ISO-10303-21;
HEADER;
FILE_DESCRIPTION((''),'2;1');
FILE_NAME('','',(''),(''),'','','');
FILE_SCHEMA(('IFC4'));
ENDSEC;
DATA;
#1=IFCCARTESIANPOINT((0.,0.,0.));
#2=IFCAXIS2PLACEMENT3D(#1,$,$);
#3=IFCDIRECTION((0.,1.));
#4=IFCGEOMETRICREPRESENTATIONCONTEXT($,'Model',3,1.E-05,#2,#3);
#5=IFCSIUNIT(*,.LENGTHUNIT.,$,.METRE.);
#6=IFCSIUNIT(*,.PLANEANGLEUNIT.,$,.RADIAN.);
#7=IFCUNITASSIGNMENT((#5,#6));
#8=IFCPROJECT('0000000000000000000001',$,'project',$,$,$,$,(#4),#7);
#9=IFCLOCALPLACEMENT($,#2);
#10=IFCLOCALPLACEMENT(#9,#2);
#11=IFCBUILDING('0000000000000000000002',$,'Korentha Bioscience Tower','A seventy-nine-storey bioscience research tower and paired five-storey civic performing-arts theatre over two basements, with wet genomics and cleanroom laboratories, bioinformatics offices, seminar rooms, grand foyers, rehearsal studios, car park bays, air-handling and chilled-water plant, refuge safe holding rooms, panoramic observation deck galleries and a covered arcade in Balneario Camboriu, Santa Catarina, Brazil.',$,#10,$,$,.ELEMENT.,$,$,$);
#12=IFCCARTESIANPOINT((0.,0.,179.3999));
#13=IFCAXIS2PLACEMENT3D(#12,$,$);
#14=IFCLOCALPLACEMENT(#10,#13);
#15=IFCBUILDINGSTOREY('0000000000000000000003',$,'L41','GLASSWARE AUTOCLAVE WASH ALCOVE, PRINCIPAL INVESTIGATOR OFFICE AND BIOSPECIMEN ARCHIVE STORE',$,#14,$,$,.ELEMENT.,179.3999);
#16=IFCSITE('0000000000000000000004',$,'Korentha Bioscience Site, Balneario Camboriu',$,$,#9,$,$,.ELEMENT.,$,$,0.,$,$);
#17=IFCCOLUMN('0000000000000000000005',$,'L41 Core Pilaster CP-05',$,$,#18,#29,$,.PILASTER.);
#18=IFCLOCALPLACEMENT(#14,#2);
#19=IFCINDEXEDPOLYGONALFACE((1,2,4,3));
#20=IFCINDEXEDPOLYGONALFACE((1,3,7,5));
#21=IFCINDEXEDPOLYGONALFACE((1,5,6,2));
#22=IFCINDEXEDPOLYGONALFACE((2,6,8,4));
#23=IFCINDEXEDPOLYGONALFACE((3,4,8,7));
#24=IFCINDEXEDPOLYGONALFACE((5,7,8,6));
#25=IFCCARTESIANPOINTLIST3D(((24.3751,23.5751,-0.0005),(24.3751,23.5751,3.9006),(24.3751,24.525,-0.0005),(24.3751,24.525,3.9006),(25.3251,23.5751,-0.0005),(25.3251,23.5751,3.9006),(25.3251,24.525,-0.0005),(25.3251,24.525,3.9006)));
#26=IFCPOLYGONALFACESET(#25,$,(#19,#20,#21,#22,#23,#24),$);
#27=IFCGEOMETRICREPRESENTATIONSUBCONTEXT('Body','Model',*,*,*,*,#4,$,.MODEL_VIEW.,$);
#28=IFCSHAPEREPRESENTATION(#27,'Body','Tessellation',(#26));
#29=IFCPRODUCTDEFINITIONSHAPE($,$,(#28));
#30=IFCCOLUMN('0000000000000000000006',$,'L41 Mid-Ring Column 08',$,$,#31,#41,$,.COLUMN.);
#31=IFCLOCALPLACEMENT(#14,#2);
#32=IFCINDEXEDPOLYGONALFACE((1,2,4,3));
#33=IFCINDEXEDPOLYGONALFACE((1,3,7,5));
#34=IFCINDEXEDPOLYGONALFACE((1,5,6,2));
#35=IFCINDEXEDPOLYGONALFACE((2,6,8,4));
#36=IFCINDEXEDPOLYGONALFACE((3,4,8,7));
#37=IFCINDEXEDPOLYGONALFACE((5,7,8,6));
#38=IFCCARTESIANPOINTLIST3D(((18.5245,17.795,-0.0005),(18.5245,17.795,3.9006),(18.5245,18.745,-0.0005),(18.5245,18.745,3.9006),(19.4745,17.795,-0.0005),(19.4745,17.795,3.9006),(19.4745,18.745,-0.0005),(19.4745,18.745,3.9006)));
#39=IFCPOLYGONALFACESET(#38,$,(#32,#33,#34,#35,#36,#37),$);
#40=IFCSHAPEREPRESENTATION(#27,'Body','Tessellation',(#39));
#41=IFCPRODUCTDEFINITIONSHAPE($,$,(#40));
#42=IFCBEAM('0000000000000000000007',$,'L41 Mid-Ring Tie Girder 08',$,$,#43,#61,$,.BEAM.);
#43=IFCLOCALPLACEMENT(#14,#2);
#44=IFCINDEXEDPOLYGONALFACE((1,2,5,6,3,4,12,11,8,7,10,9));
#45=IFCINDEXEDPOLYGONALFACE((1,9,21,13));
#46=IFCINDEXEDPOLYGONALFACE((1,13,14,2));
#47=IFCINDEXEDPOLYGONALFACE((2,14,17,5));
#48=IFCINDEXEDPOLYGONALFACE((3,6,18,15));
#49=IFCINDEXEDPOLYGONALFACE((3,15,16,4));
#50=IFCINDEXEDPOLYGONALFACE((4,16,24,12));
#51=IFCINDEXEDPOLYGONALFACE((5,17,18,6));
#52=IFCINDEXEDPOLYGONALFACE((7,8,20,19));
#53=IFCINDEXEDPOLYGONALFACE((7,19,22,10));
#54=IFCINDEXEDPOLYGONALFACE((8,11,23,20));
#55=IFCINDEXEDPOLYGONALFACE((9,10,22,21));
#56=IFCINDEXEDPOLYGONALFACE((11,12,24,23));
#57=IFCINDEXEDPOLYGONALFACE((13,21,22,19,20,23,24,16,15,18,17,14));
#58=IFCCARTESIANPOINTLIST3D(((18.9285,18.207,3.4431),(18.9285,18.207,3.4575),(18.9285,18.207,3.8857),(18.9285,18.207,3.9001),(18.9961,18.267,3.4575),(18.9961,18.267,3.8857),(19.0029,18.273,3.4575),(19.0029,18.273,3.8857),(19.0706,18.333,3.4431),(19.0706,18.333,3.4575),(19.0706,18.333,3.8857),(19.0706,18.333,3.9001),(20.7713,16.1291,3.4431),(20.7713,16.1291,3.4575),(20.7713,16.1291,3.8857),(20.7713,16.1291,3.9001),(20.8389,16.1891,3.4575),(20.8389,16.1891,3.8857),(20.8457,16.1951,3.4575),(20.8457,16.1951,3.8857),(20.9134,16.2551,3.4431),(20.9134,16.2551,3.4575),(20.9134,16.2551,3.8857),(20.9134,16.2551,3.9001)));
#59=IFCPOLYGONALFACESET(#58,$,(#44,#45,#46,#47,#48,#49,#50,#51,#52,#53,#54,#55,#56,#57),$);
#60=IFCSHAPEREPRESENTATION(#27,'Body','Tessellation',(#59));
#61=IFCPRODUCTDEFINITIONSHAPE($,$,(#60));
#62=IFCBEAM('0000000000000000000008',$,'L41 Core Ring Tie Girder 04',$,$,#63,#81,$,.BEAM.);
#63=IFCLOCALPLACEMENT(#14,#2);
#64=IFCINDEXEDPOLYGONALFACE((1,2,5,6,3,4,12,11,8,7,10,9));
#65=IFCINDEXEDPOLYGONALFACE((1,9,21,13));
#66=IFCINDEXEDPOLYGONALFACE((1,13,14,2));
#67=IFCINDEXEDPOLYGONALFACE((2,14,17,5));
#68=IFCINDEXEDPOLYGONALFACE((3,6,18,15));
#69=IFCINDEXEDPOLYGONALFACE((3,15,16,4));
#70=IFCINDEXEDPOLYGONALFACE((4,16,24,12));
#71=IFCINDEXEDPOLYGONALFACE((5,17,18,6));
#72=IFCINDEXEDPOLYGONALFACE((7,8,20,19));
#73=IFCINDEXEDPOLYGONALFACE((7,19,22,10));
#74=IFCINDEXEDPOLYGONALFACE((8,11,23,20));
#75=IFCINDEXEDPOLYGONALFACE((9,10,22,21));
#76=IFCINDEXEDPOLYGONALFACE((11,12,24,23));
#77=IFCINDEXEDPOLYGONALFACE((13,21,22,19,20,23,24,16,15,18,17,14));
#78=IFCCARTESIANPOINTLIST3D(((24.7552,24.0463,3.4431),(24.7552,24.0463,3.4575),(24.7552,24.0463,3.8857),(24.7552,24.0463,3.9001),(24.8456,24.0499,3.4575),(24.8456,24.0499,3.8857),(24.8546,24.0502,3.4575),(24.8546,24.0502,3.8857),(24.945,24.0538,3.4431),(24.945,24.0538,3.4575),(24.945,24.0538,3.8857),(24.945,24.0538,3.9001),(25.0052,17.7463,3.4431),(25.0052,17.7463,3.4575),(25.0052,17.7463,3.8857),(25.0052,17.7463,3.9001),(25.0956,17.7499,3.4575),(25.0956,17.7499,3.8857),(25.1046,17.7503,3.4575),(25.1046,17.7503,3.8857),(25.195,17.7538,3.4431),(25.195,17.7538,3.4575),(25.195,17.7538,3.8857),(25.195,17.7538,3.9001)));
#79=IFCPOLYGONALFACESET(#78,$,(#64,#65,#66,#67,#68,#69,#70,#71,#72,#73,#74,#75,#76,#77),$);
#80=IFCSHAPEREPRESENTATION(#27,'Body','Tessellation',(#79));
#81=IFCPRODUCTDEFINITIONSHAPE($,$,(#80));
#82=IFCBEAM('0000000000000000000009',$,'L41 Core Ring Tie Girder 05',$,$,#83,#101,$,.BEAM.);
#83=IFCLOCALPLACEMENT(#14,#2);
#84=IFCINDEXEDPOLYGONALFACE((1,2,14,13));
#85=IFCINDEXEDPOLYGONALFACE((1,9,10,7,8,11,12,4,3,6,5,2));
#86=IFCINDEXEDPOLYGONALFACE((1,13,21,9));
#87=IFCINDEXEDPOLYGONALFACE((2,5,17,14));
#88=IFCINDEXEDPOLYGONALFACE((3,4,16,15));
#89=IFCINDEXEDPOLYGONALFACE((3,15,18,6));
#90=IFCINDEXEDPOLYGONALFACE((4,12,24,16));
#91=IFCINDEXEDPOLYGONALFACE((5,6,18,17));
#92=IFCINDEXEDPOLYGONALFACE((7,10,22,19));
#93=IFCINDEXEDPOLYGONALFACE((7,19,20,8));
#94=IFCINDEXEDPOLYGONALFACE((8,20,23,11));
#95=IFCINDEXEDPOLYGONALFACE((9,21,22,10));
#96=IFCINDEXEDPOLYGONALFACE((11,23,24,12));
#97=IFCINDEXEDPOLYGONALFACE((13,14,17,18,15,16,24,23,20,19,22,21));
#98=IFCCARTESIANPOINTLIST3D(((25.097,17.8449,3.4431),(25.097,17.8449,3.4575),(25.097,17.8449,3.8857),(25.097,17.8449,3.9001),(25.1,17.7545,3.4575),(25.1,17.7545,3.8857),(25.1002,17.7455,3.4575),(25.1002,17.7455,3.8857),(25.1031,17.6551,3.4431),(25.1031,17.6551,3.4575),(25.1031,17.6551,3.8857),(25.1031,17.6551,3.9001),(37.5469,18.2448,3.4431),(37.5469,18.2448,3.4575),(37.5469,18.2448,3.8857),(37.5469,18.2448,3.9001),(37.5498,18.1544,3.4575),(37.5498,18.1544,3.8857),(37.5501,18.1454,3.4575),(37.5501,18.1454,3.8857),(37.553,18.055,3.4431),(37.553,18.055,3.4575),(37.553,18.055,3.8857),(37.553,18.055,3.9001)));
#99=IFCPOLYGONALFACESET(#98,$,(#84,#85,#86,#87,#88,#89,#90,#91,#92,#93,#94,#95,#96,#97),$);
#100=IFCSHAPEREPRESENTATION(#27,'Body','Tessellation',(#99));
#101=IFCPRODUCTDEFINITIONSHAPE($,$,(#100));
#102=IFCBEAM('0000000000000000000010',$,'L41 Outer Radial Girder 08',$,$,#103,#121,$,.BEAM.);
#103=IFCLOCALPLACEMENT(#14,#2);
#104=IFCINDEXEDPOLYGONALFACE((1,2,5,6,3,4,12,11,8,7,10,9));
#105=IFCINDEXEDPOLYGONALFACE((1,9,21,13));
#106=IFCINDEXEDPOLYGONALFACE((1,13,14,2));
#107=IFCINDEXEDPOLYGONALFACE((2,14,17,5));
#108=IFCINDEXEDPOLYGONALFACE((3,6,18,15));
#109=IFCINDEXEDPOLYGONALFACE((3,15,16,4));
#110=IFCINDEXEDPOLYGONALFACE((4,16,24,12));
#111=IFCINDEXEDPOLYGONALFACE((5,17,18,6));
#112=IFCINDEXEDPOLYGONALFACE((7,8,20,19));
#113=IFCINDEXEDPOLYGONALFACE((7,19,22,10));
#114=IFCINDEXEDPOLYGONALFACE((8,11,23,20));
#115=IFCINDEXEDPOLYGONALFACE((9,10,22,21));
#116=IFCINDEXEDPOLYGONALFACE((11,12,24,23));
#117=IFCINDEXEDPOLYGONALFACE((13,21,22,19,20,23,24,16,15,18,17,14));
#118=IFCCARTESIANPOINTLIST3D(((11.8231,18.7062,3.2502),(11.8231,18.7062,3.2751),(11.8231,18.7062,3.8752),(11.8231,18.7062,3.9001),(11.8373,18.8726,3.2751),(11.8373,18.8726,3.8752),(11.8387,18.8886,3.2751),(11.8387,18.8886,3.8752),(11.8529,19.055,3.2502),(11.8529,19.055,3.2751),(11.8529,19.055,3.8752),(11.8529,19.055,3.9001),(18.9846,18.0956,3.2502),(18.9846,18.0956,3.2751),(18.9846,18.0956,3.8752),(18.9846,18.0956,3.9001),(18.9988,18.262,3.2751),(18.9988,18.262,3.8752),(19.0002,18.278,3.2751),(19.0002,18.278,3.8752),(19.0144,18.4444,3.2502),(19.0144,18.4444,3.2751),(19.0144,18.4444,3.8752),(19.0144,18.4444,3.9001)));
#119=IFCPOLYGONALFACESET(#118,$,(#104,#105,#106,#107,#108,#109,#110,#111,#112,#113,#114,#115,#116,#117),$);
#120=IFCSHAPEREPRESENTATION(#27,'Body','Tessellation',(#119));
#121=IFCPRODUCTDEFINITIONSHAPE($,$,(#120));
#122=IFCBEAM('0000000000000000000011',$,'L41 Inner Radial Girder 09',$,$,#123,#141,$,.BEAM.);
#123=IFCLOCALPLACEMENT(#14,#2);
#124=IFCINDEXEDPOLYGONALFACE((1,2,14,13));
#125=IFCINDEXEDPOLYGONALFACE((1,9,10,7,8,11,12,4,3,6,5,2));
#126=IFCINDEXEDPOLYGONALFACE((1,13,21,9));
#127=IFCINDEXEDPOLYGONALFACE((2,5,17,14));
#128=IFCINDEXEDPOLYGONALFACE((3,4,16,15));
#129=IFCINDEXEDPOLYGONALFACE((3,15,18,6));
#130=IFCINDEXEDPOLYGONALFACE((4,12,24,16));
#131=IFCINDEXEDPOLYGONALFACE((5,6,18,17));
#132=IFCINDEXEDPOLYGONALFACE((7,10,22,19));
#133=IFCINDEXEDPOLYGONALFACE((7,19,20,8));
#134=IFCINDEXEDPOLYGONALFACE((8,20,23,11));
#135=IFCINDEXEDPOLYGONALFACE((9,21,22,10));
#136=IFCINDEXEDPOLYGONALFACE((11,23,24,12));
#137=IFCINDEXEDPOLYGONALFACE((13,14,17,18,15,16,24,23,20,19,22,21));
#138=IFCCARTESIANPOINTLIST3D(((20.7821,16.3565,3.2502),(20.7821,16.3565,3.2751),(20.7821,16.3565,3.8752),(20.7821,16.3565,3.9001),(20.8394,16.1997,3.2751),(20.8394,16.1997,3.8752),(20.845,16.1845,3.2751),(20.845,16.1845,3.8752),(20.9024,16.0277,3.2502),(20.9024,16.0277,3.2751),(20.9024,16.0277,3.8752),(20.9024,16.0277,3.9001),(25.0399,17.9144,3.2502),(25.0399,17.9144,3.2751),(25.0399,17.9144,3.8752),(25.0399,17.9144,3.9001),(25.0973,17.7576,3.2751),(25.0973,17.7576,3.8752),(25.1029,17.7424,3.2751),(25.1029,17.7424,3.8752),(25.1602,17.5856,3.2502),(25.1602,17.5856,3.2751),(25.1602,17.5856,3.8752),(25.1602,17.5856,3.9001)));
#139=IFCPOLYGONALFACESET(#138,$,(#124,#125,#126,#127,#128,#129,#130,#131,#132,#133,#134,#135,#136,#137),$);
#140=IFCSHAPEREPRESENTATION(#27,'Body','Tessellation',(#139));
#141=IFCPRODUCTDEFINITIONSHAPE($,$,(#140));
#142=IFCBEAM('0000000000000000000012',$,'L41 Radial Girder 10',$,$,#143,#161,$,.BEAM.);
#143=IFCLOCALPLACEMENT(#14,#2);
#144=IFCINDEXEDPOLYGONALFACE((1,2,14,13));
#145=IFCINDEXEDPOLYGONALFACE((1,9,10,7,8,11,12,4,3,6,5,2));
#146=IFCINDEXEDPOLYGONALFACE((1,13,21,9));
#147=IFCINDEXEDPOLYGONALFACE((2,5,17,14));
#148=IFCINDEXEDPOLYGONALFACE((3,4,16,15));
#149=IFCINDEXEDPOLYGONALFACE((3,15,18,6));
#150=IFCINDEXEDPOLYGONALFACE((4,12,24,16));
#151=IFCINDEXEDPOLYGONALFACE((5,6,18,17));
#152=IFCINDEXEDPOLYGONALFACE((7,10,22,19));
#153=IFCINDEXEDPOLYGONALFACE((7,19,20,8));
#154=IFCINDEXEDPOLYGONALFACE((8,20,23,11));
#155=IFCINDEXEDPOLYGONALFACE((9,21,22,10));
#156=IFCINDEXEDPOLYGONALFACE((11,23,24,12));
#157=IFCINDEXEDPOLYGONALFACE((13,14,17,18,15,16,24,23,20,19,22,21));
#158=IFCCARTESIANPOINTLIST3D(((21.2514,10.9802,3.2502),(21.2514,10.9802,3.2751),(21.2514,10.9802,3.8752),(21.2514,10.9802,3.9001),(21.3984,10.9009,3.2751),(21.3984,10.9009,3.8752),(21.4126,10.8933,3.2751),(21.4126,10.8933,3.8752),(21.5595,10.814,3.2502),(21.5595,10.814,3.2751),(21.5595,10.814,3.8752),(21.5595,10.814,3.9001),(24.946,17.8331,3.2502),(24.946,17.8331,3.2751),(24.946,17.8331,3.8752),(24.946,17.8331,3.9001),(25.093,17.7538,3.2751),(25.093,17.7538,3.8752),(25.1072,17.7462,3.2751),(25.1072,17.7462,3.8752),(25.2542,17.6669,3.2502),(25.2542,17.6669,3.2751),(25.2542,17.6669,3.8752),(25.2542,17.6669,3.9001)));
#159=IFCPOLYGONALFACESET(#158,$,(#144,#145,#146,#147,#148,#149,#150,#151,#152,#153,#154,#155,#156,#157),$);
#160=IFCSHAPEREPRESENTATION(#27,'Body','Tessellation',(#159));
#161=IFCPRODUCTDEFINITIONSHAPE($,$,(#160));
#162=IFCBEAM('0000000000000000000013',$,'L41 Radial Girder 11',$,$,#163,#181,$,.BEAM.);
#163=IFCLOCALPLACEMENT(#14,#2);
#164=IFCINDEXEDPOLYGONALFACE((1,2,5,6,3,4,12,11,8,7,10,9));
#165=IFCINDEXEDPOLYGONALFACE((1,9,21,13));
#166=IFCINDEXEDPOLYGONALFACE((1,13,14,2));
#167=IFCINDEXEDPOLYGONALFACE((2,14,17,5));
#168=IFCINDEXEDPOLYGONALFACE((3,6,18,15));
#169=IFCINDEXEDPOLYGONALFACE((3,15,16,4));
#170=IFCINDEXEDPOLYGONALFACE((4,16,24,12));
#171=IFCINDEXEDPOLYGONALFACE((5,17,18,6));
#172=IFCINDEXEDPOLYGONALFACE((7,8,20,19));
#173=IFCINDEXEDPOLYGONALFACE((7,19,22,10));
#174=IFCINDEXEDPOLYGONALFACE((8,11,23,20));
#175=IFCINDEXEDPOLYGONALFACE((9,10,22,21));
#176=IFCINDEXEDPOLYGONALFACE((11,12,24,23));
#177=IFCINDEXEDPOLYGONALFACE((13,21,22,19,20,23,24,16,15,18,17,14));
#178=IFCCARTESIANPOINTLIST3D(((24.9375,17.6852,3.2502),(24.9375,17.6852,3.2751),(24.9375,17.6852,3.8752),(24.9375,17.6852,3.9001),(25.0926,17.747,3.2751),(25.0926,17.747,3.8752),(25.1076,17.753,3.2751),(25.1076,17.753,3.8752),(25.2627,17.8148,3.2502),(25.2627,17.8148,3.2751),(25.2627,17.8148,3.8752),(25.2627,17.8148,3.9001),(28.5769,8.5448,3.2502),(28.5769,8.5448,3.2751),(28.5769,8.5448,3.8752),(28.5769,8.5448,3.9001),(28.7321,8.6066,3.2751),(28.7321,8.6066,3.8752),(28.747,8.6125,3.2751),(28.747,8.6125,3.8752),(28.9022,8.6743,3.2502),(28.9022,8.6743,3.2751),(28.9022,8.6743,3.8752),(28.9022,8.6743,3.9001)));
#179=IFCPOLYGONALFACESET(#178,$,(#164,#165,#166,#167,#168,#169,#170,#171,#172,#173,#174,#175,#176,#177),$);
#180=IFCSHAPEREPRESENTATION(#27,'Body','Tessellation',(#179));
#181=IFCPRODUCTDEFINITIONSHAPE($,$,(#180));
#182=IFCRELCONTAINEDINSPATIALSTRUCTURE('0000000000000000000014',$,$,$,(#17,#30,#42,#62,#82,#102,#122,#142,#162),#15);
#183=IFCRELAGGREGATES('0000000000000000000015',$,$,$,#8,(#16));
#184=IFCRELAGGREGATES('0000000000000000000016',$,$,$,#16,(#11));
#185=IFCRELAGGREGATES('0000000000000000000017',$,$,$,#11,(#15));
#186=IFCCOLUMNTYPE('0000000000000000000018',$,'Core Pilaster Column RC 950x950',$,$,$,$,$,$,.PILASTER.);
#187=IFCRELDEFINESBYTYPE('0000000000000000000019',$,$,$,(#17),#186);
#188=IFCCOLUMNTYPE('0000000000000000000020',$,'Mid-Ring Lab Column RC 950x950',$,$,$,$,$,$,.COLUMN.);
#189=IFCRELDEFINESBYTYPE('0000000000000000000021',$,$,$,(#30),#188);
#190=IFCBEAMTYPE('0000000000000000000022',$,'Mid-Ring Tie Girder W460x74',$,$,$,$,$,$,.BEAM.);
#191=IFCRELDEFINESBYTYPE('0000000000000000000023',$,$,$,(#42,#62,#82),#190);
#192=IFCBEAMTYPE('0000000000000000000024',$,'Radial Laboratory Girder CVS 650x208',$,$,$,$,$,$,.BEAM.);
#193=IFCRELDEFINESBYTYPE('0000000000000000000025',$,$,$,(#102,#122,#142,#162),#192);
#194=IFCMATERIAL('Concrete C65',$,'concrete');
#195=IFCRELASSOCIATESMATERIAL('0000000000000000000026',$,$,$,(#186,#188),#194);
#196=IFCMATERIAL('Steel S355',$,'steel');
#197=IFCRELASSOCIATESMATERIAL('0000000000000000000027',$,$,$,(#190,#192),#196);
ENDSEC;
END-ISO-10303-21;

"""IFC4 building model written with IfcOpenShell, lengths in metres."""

from ifc_helpers import new_model, si_unit, direction, frame, origin, origin_2d, place, context, subcontext, project, spatial, rectangle, i_section, extrude, material, material_profile, profile_set, type_object, element, save


model = new_model("IFC4")

# Units and contexts
model_context = context("Model", 3, precision=1e-05, world=origin(), true_north=direction((0.0, 1.0)))
body_context = subcontext(model_context, "Body", "Model", "MODEL_VIEW")
ifc_project = project(units=[si_unit("LENGTHUNIT", "METRE"), si_unit("PLANEANGLEUNIT", "RADIAN")], contexts=[model_context])

# Site, building, storey
site_placement = place(None, origin())
site = spatial("IfcSite", under=ifc_project, at=site_placement, Name="Korentha Bioscience Site, Balneario Camboriu", CompositionType="ELEMENT", RefElevation=0.0)
building_placement = place(site_placement, origin())
building = spatial("IfcBuilding", under=site, at=building_placement, Name="Korentha Bioscience Tower", Description="A seventy-nine-storey bioscience research tower and paired five-storey civic performing-arts theatre over two basements, with wet genomics and cleanroom laboratories, bioinformatics offices, seminar rooms, grand foyers, rehearsal studios, car park bays, air-handling and chilled-water plant, refuge safe holding rooms, panoramic observation deck galleries and a covered arcade in Balneario Camboriu, Santa Catarina, Brazil.", CompositionType="ELEMENT")
storey_placement = place(building_placement, frame((0.0, 0.0, 179.3999)))
storey = spatial("IfcBuildingStorey", under=building, at=storey_placement, Name="L41", Description="GLASSWARE AUTOCLAVE WASH ALCOVE, PRINCIPAL INVESTIGATOR OFFICE AND BIOSPECIMEN ARCHIVE STORE", CompositionType="ELEMENT", Elevation=179.3999)

# Columns
ifc_material_1 = material(Name="Concrete C65", Category="concrete")
ifc_material_profile_1 = material_profile(ifc_material_1, rectangle(XDim=0.95, YDim=0.95, at=origin_2d()), Name="Concrete C65")
ifc_profile_set_1 = profile_set([ifc_material_profile_1], Name="Concrete C65 (COL-CP09)")
column_type_1 = type_object("IfcColumnType", Name="Core Pilaster Column RC 950x950", PredefinedType="PILASTER", material=ifc_profile_set_1)
column_1_placement = place(storey_placement, frame((24.8501, 24.05, -0.0005), z_axis=(0.0, 0.0, 1.0), x_axis=(1.0, 0.0, 0.0)))
element("IfcColumn", 1, at=column_1_placement, inside=storey, type_object=column_type_1, Name="L41 Core Pilaster CP-05", PredefinedType="PILASTER", context=body_context, shape_type="SweptSolid", body=[
    extrude(rectangle(XDim=0.95, YDim=0.95, at=origin_2d()), origin(), (0.0, 0.0, 1.0), 3.9011),
])
ifc_material_profile_2 = material_profile(ifc_material_1, rectangle(XDim=0.95, YDim=0.95, at=origin_2d()), Name="Concrete C65")
ifc_profile_set_2 = profile_set([ifc_material_profile_2], Name="Concrete C65 (COL-MR09)")
column_type_2 = type_object("IfcColumnType", Name="Mid-Ring Lab Column RC 950x950", PredefinedType="COLUMN", material=ifc_profile_set_2)
column_2_placement = place(storey_placement, frame((18.9995, 18.27, -0.0005), z_axis=(0.0, 0.0, 1.0), x_axis=(1.0, 0.0, 0.0)))
element("IfcColumn", 2, at=column_2_placement, inside=storey, type_object=column_type_2, Name="L41 Mid-Ring Column 08", PredefinedType="COLUMN", context=body_context, shape_type="SweptSolid", body=[
    extrude(rectangle(XDim=0.95, YDim=0.95, at=origin_2d()), origin(), (0.0, 0.0, 1.0), 3.9011),
])

# Beams
ifc_material_2 = material(Name="Steel S355", Category="steel")
ifc_material_profile_3 = material_profile(ifc_material_2, i_section(OverallWidth=0.1899, OverallDepth=0.457, WebThickness=0.009, FlangeThickness=0.0144, at=origin_2d()), Name="Steel S355")
ifc_profile_set_3 = profile_set([ifc_material_profile_3], Name="Steel S355 (MB-460)")
beam_type_1 = type_object("IfcBeamType", Name="Mid-Ring Tie Girder W460x74", PredefinedType="BEAM", material=ifc_profile_set_3)
beam_1_placement = place(storey_placement, frame((18.9995, 18.27, 3.6716), z_axis=(0.663512, -0.748165, 0.0), x_axis=(0.748165, 0.663512, 0.0)))
element("IfcBeam", 3, at=beam_1_placement, inside=storey, type_object=beam_type_1, Name="L41 Mid-Ring Tie Girder 08", PredefinedType="BEAM", context=body_context, shape_type="SweptSolid", body=[
    extrude(i_section(OverallWidth=0.1899, OverallDepth=0.457, WebThickness=0.009, FlangeThickness=0.0144, at=origin_2d()), origin(), (0.0, 0.0, 1.0), 2.7773),
])
beam_2_placement = place(storey_placement, frame((24.8501, 24.05, 3.6716), z_axis=(0.039651, -0.999214, 0.0), x_axis=(0.999214, 0.039651, 0.0)))
element("IfcBeam", 4, at=beam_2_placement, inside=storey, type_object=beam_type_1, Name="L41 Core Ring Tie Girder 04", PredefinedType="BEAM", context=body_context, shape_type="SweptSolid", body=[
    extrude(i_section(OverallWidth=0.1899, OverallDepth=0.457, WebThickness=0.009, FlangeThickness=0.0144, at=origin_2d()), origin(), (0.0, 0.0, 1.0), 6.3049),
])
beam_3_placement = place(storey_placement, frame((25.1001, 17.75, 3.6716), z_axis=(0.999485, 0.032104, 0.0), x_axis=(-0.032104, 0.999485, 0.0)))
element("IfcBeam", 5, at=beam_3_placement, inside=storey, type_object=beam_type_1, Name="L41 Core Ring Tie Girder 05", PredefinedType="BEAM", context=body_context, shape_type="SweptSolid", body=[
    extrude(i_section(OverallWidth=0.1899, OverallDepth=0.457, WebThickness=0.009, FlangeThickness=0.0144, at=origin_2d()), origin(), (0.0, 0.0, 1.0), 12.4563),
])
ifc_material_profile_4 = material_profile(ifc_material_2, i_section(OverallWidth=0.3501, OverallDepth=0.6499, WebThickness=0.0161, FlangeThickness=0.0249, at=origin_2d()), Name="Steel S355")
ifc_profile_set_4 = profile_set([ifc_material_profile_4], Name="Steel S355 (RB-650)")
beam_type_2 = type_object("IfcBeamType", Name="Radial Laboratory Girder CVS 650x208", PredefinedType="BEAM", material=ifc_profile_set_4)
beam_4_placement = place(storey_placement, frame((18.9995, 18.27, 3.5752), z_axis=(-0.996385, 0.084951, 0.0), x_axis=(-0.084951, -0.996385, 0.0)))
element("IfcBeam", 6, at=beam_4_placement, inside=storey, type_object=beam_type_2, Name="L41 Outer Radial Girder 08", PredefinedType="BEAM", context=body_context, shape_type="SweptSolid", body=[
    extrude(i_section(OverallWidth=0.3501, OverallDepth=0.6499, WebThickness=0.0161, FlangeThickness=0.0249, at=origin_2d()), origin(), (0.0, 0.0, 1.0), 7.1875),
])
beam_5_placement = place(storey_placement, frame((25.1001, 17.75, 3.5752), z_axis=(-0.939114, -0.343606, 0.0), x_axis=(0.343606, -0.939114, 0.0)))
element("IfcBeam", 7, at=beam_5_placement, inside=storey, type_object=beam_type_2, Name="L41 Inner Radial Girder 09", PredefinedType="BEAM", context=body_context, shape_type="SweptSolid", body=[
    extrude(i_section(OverallWidth=0.3501, OverallDepth=0.6499, WebThickness=0.0161, FlangeThickness=0.0249, at=origin_2d()), origin(), (0.0, 0.0, 1.0), 4.5339),
])
beam_6_placement = place(storey_placement, frame((25.1001, 17.75, 3.5752), z_axis=(-0.47456, -0.880223, 0.0), x_axis=(0.880223, -0.47456, 0.0)))
element("IfcBeam", 8, at=beam_6_placement, inside=storey, type_object=beam_type_2, Name="L41 Radial Girder 10", PredefinedType="BEAM", context=body_context, shape_type="SweptSolid", body=[
    extrude(i_section(OverallWidth=0.3501, OverallDepth=0.6499, WebThickness=0.0161, FlangeThickness=0.0249, at=origin_2d()), origin(), (0.0, 0.0, 1.0), 7.7854),
])
beam_7_placement = place(storey_placement, frame((25.1001, 17.75, 3.5752), z_axis=(0.369923, -0.929063, 0.0), x_axis=(0.929063, 0.369923, 0.0)))
element("IfcBeam", 9, at=beam_7_placement, inside=storey, type_object=beam_type_2, Name="L41 Radial Girder 11", PredefinedType="BEAM", context=body_context, shape_type="SweptSolid", body=[
    extrude(i_section(OverallWidth=0.3501, OverallDepth=0.6499, WebThickness=0.0161, FlangeThickness=0.0249, at=origin_2d()), origin(), (0.0, 0.0, 1.0), 9.8384),
])

save(model, "model.ifc")
